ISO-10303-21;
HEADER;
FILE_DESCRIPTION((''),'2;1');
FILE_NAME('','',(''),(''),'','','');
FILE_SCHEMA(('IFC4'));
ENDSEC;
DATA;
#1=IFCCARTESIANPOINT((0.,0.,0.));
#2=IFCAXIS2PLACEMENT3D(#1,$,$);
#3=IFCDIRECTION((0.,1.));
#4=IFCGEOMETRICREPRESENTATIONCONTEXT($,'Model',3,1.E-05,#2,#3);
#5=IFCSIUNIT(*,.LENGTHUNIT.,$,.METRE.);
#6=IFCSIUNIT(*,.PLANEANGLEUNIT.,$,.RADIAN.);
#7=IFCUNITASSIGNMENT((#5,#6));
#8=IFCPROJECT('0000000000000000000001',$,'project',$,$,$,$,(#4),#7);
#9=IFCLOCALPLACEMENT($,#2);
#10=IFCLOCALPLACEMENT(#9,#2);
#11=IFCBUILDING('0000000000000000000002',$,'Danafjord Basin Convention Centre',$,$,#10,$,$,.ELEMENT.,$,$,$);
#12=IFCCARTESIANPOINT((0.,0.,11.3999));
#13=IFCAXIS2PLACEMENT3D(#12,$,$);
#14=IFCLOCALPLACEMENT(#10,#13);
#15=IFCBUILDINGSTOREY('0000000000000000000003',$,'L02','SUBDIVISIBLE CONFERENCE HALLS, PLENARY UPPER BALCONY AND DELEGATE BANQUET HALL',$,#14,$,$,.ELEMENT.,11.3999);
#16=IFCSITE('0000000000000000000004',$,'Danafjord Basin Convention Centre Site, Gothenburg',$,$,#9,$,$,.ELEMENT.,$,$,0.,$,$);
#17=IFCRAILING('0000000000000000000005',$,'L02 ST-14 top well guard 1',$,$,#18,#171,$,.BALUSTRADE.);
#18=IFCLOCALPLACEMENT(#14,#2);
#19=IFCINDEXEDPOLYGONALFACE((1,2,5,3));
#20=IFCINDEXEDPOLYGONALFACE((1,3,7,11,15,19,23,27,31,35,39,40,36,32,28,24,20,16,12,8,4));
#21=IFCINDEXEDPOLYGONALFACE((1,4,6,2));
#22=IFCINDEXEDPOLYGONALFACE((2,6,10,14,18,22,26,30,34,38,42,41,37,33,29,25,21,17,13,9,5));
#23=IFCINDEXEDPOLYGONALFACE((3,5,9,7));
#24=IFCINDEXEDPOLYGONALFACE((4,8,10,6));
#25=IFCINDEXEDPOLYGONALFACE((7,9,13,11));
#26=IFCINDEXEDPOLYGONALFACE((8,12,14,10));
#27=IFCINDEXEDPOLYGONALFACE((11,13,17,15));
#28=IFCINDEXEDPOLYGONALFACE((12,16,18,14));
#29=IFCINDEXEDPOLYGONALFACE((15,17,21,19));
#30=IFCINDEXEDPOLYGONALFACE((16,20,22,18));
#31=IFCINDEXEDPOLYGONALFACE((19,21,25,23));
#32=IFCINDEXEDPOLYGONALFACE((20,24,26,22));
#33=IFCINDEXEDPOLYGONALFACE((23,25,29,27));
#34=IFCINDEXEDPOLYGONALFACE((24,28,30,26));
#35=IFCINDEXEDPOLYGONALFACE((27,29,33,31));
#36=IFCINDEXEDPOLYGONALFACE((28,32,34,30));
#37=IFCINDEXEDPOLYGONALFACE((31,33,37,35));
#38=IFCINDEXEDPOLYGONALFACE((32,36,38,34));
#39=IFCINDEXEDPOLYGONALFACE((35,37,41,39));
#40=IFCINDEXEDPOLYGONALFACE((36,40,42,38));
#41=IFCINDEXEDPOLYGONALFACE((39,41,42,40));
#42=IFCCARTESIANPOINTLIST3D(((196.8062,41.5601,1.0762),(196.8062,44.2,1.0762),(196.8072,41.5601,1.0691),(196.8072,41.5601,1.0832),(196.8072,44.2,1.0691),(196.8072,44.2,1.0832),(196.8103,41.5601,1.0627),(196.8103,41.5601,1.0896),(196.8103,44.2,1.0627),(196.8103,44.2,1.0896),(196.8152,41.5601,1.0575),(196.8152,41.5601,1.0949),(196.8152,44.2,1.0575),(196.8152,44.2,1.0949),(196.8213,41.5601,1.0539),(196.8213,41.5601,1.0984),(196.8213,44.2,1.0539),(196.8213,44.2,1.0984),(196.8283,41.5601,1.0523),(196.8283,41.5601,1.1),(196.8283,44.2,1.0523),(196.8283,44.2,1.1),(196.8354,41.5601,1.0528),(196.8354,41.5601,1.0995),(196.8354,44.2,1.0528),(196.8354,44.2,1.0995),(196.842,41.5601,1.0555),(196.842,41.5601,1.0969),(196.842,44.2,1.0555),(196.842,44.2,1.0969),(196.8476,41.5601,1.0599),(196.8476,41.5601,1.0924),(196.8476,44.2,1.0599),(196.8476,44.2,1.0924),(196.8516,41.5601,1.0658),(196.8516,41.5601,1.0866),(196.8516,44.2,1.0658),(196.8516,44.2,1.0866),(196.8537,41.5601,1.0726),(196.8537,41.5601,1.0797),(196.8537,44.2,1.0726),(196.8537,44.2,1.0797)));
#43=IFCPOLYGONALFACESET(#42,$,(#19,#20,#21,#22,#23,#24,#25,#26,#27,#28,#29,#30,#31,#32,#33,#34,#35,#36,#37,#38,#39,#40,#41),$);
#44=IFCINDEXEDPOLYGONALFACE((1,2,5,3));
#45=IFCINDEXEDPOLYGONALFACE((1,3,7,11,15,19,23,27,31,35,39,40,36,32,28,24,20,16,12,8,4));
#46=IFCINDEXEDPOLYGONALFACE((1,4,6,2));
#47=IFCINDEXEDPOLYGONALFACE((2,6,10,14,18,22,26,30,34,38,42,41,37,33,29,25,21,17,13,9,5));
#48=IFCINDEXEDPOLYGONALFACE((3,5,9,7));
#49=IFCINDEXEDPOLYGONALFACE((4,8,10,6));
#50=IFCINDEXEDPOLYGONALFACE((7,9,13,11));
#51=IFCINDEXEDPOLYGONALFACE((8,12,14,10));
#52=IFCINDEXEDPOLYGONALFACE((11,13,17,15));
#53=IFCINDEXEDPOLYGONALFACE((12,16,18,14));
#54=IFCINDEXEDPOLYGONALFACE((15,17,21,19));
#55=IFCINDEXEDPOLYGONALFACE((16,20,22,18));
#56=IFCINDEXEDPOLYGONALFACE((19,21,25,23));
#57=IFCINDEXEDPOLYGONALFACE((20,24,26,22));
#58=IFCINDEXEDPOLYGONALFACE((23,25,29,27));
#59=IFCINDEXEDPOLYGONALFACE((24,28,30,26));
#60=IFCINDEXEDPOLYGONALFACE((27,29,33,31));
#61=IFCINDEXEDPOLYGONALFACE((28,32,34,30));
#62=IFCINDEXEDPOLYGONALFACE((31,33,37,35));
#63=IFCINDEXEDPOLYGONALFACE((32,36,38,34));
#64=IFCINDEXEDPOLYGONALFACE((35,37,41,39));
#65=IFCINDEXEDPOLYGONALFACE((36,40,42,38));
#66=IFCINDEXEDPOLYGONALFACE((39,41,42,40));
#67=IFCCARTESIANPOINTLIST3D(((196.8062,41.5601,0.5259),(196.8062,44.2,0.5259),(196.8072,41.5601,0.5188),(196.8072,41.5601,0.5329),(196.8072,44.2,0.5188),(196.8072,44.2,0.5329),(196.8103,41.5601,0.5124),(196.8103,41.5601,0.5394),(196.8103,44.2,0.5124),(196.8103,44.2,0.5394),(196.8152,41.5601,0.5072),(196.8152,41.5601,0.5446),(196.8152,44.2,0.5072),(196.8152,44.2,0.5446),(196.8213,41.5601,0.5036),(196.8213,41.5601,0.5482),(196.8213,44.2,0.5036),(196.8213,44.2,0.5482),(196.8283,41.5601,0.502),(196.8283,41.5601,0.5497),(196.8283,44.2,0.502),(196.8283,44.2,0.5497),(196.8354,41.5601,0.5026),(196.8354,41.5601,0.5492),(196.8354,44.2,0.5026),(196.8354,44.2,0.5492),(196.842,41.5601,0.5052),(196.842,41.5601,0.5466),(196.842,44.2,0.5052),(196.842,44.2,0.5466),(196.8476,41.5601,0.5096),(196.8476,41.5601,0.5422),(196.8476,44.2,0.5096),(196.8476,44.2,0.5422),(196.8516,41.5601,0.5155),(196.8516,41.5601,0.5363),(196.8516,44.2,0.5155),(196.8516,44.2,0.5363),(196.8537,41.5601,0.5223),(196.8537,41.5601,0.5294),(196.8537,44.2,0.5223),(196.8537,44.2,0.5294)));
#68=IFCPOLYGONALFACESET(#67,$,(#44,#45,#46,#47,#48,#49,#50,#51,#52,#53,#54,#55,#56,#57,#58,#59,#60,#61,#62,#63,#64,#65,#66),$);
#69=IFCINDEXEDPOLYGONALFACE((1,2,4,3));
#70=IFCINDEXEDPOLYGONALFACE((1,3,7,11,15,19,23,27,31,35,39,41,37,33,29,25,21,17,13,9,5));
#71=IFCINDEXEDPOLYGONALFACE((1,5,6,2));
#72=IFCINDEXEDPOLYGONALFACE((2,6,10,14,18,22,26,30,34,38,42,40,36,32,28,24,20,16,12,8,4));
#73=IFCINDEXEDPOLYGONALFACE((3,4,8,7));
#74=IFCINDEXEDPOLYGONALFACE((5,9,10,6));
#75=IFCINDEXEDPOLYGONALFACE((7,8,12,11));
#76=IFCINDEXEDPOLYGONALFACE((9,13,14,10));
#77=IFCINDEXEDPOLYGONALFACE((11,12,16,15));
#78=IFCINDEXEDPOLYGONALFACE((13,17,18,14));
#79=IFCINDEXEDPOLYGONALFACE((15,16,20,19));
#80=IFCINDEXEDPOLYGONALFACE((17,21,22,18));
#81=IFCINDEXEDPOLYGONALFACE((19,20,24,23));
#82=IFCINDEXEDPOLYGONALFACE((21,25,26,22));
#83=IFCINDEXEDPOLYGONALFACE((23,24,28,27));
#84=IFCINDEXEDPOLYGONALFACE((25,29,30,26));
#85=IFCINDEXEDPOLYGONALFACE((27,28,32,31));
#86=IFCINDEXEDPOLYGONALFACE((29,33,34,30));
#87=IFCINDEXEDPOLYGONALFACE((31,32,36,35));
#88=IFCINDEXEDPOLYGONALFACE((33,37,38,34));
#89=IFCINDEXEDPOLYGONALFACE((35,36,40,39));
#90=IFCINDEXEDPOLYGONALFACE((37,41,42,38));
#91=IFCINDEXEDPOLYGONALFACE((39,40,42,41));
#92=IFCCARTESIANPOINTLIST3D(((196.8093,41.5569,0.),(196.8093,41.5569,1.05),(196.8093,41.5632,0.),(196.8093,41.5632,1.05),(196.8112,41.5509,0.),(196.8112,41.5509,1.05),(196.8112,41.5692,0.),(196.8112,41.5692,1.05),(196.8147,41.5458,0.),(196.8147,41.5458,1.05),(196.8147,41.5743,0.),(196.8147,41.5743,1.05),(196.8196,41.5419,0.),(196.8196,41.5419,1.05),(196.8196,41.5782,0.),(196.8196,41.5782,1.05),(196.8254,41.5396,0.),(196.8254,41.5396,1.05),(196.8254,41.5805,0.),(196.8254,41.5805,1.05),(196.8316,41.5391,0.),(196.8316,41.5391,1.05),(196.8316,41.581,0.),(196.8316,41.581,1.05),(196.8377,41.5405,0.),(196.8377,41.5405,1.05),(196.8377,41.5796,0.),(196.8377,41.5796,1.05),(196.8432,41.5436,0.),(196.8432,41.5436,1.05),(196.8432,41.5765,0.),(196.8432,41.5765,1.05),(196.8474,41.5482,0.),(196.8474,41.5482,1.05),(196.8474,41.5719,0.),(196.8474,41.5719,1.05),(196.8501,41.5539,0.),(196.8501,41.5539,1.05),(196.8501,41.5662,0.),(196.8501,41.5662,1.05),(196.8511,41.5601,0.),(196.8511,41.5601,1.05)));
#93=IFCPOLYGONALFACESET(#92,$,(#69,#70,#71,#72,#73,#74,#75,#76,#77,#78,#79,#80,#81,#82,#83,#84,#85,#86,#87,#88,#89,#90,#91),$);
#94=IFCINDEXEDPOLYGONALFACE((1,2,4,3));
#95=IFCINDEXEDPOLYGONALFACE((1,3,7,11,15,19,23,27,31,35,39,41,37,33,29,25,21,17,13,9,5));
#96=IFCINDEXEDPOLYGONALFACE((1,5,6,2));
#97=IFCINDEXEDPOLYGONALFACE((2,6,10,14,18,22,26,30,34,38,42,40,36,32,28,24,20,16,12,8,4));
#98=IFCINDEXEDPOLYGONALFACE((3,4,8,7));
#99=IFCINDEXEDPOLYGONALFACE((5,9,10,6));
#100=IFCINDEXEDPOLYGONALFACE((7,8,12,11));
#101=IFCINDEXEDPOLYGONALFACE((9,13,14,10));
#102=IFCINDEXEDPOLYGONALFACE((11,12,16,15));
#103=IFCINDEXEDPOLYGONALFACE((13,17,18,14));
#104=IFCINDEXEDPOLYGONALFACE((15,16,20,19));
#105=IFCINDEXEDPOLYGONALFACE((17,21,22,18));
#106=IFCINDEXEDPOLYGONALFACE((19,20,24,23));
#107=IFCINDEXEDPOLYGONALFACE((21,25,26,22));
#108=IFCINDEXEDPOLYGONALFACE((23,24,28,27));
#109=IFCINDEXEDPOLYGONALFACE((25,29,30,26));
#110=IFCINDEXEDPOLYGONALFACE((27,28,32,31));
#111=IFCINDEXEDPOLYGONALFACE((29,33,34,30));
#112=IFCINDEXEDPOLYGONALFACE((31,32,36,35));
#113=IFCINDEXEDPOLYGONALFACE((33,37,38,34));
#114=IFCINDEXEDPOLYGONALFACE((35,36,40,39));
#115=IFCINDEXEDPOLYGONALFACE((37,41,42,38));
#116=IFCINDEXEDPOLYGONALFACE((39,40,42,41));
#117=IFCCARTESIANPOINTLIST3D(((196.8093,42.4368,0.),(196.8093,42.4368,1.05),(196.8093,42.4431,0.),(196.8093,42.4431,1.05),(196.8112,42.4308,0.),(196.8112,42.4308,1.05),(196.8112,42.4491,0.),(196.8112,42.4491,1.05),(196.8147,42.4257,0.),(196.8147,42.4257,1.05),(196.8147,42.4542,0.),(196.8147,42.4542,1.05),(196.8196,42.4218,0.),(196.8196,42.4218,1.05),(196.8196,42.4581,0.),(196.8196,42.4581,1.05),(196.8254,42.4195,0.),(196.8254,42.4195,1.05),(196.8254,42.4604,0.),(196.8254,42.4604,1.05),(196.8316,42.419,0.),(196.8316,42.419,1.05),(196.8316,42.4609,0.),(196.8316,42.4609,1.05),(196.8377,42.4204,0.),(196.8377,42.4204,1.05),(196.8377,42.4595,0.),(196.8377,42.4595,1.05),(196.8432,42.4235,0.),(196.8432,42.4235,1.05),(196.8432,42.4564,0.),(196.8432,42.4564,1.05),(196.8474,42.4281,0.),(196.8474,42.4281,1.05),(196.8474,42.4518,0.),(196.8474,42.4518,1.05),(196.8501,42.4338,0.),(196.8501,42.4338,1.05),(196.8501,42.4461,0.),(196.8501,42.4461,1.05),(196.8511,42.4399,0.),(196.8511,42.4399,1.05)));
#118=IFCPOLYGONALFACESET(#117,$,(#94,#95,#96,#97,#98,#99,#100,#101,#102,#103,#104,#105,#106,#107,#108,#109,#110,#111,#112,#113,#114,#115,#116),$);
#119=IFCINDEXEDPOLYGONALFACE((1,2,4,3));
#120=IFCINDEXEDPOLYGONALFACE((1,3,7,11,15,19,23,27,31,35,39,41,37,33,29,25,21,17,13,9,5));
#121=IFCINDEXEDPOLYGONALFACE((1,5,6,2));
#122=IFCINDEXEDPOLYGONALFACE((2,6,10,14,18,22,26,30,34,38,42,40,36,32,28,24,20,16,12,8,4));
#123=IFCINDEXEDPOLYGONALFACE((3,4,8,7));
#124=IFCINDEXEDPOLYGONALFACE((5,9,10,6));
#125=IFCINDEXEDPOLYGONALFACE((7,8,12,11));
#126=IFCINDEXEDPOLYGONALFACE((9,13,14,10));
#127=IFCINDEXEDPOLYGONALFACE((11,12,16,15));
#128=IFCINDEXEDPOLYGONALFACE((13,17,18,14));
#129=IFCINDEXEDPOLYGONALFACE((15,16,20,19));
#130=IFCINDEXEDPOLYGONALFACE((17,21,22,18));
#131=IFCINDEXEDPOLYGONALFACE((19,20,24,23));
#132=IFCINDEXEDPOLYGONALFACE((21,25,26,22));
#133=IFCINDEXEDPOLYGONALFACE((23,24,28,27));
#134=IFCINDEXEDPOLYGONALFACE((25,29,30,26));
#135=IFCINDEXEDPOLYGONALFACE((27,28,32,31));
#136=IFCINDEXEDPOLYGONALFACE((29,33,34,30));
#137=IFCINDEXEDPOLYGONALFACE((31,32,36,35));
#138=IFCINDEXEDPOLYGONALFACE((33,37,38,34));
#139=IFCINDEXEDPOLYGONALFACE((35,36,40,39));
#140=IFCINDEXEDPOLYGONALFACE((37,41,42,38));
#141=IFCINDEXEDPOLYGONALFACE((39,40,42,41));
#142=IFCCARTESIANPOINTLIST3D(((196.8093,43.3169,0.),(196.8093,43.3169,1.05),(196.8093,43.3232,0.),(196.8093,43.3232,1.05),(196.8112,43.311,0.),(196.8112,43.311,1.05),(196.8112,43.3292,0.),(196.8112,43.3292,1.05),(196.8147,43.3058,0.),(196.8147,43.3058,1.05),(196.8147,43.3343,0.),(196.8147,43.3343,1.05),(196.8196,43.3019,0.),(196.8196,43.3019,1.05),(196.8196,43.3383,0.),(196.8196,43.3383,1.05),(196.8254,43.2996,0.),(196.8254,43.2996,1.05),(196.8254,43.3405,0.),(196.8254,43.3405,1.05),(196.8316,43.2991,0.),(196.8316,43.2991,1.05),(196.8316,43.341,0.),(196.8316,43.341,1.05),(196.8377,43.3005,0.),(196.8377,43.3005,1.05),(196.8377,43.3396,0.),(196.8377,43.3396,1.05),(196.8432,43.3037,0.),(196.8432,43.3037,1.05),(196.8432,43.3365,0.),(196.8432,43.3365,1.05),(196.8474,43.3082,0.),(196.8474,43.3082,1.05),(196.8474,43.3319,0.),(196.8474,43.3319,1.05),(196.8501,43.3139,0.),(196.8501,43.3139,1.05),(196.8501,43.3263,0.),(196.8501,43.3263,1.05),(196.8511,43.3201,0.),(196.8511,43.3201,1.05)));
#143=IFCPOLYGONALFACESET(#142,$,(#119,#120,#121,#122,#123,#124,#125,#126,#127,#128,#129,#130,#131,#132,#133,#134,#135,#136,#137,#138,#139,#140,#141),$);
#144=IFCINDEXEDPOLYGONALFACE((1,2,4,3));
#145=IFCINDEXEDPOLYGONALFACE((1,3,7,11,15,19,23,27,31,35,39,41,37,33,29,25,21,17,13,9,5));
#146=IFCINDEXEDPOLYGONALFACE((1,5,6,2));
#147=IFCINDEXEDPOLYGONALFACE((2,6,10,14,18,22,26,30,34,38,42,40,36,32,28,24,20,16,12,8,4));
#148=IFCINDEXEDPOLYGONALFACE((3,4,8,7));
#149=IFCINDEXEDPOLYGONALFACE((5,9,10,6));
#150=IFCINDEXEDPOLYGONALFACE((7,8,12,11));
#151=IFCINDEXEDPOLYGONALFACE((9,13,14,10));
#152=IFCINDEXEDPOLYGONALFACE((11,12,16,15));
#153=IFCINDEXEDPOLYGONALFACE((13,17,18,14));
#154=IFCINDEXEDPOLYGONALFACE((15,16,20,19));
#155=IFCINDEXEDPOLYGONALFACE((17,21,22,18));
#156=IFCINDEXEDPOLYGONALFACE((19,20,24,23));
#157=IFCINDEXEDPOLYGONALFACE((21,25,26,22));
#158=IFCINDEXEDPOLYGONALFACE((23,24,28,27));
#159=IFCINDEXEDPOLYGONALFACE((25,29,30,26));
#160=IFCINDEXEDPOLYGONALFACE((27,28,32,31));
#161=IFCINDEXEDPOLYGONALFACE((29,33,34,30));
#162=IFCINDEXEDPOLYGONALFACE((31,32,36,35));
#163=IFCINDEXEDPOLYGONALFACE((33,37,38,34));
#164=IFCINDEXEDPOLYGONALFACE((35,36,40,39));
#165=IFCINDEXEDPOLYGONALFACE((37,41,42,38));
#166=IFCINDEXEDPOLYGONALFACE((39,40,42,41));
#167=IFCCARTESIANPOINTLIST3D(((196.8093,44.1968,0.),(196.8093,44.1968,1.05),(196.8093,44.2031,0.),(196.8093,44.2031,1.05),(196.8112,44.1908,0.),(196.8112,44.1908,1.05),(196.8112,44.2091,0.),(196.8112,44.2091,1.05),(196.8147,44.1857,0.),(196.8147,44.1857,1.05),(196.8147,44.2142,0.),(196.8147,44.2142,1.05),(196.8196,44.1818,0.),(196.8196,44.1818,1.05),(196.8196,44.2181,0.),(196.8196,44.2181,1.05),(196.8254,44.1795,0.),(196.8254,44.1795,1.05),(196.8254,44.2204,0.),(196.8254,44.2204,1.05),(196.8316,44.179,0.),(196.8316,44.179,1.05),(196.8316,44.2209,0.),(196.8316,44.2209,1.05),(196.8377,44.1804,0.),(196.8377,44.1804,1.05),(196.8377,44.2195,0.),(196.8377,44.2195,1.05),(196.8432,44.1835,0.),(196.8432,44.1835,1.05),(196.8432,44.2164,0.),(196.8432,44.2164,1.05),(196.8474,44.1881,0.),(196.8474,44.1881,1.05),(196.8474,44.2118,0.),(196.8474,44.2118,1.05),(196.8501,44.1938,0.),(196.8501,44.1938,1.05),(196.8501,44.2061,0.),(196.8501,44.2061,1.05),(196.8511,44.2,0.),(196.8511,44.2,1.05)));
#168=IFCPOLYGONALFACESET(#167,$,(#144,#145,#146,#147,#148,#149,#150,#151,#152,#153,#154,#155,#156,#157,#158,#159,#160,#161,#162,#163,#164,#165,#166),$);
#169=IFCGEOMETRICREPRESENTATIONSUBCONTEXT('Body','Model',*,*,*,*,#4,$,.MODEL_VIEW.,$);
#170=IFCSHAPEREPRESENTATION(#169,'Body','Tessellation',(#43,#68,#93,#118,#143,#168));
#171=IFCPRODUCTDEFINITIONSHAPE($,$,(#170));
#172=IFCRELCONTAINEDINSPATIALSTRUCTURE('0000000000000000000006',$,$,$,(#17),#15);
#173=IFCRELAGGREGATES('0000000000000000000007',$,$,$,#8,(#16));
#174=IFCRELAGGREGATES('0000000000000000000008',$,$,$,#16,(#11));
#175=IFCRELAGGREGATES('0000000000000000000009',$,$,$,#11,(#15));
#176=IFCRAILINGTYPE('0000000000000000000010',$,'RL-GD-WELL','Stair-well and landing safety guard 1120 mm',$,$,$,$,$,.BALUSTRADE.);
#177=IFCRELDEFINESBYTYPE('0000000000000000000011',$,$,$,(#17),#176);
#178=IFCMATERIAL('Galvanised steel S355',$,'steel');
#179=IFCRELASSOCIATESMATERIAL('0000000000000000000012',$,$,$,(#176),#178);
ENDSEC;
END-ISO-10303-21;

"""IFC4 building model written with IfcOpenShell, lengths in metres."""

from ifc_helpers import new_model, si_unit, direction, frame, origin, origin_2d, place, context, subcontext, project, spatial, circle, extrude, material, type_object, element, save


model = new_model("IFC4")

# Units and contexts
model_context = context("Model", 3, precision=1e-05, world=origin(), true_north=direction((0.0, 1.0)))
body_context = subcontext(model_context, "Body", "Model", "MODEL_VIEW")
ifc_project = project(units=[si_unit("LENGTHUNIT", "METRE"), si_unit("PLANEANGLEUNIT", "RADIAN")], contexts=[model_context])

# Site, building, storey
site_placement = place(None, origin())
site = spatial("IfcSite", under=ifc_project, at=site_placement, Name="Danafjord Basin Convention Centre Site, Gothenburg", CompositionType="ELEMENT", RefElevation=0.0)
building_placement = place(site_placement, origin())
building = spatial("IfcBuilding", under=site, at=building_placement, Name="Danafjord Basin Convention Centre", CompositionType="ELEMENT")
storey_placement = place(building_placement, frame((0.0, 0.0, 11.3999)))
storey = spatial("IfcBuildingStorey", under=building, at=storey_placement, Name="L02", Description="SUBDIVISIBLE CONFERENCE HALLS, PLENARY UPPER BALCONY AND DELEGATE BANQUET HALL", CompositionType="ELEMENT", Elevation=11.3999)

# Railing
ifc_material_1 = material(Name="Galvanised steel S355", Category="steel")
railing_type_1 = type_object("IfcRailingType", Name="RL-GD-WELL", Description="Stair-well and landing safety guard 1120 mm", PredefinedType="BALUSTRADE", material=ifc_material_1)
railing_1_placement = place(storey_placement, frame((196.8301, 41.5601, 0.0)))
element("IfcRailing", 1, at=railing_1_placement, inside=storey, type_object=railing_type_1, Name="L02 ST-14 top well guard 1", PredefinedType="BALUSTRADE", context=body_context, shape_type="SweptSolid", body=[
    extrude(circle(Radius=0.0239, at=origin_2d()), frame((0.0, 0.0, 1.0762), z_axis=(0.0, 1.0, 0.0), x_axis=(-1.0, 0.0, 0.0)), (0.0, 0.0, 1.0), 2.6399),
    extrude(circle(Radius=0.0239, at=origin_2d()), frame((0.0, 0.0, 0.5259), z_axis=(0.0, 1.0, 0.0), x_axis=(-1.0, 0.0, 0.0)), (0.0, 0.0, 1.0), 2.6399),
    extrude(circle(Radius=0.021, at=origin_2d()), origin(), (0.0, 0.0, 1.0), 1.05),
    extrude(circle(Radius=0.021, at=origin_2d()), frame((0.0, 0.8799, 0.0)), (0.0, 0.0, 1.0), 1.05),
    extrude(circle(Radius=0.021, at=origin_2d()), frame((0.0, 1.76, 0.0)), (0.0, 0.0, 1.0), 1.05),
    extrude(circle(Radius=0.021, at=origin_2d()), frame((0.0, 2.6399, 0.0)), (0.0, 0.0, 1.0), 1.05),
])

save(model, "model.ifc")
